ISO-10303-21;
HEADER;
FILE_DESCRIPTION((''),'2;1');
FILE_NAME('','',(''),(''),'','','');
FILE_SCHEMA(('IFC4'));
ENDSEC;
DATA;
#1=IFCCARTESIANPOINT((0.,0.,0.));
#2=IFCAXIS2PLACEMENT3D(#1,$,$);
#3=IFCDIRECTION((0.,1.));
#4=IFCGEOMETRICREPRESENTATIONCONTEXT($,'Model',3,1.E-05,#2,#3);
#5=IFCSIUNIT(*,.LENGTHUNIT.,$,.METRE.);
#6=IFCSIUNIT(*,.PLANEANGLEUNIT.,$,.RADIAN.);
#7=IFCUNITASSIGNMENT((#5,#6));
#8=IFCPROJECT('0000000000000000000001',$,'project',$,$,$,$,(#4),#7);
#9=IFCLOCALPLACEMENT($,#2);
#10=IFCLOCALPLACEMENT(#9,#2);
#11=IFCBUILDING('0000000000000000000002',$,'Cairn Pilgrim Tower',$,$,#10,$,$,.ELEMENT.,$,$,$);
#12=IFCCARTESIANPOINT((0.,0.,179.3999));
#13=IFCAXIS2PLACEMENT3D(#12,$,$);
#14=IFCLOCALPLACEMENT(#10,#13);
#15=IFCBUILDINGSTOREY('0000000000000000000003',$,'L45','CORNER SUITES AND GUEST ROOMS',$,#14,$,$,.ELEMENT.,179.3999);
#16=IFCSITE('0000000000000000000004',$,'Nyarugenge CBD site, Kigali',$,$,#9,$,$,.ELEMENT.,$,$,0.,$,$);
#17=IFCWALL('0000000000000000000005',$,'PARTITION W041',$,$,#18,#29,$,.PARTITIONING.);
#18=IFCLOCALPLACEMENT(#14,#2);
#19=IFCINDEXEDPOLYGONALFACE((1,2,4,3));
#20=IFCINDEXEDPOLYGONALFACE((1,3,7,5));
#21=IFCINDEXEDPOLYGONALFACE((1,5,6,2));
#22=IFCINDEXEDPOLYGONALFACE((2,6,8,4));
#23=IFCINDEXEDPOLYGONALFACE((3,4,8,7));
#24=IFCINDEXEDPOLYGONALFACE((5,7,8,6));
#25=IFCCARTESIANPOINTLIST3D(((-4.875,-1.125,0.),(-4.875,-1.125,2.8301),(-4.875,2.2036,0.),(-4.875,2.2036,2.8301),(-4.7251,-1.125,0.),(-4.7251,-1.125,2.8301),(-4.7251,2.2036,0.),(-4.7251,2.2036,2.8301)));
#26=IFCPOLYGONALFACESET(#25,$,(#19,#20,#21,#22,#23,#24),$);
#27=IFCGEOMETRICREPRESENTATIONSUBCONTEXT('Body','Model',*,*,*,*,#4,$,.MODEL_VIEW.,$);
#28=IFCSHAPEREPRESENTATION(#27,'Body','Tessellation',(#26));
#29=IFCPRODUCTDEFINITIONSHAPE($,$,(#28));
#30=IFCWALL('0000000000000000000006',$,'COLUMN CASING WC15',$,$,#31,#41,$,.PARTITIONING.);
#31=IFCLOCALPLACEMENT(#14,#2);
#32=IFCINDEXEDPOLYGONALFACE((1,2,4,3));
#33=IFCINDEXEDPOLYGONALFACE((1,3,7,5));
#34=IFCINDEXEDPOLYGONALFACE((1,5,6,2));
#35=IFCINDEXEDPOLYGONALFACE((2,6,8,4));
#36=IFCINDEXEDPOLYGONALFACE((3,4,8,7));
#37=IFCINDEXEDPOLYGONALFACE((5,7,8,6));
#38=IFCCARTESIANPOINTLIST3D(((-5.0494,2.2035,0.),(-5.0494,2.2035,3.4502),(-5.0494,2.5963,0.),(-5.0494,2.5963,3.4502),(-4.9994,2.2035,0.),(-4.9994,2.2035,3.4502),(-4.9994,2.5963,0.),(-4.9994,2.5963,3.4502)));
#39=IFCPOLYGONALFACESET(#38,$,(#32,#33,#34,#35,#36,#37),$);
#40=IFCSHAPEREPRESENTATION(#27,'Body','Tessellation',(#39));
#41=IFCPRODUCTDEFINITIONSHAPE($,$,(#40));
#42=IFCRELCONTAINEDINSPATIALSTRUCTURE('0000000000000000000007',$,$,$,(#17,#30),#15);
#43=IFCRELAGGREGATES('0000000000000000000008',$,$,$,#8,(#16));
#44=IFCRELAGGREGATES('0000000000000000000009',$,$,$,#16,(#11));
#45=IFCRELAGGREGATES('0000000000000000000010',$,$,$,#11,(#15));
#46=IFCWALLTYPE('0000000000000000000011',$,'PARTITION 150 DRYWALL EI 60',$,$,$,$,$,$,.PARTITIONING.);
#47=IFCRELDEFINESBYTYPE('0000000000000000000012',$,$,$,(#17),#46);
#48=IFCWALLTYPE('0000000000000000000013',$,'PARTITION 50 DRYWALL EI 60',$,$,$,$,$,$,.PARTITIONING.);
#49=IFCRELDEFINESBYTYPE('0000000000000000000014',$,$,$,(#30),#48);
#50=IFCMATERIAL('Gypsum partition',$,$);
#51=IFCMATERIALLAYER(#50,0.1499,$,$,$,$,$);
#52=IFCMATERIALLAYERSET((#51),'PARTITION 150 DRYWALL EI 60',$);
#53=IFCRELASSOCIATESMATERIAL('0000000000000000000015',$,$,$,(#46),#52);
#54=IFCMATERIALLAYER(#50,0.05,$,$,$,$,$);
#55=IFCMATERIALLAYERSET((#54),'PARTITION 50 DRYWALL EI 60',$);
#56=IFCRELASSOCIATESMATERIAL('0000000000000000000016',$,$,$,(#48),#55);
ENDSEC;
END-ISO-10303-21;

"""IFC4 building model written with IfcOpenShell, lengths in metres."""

from ifc_helpers import new_model, si_unit, direction, frame, frame_2d, origin, place, context, subcontext, project, spatial, rectangle, extrude, material, layer, layer_set, type_object, element, save


model = new_model("IFC4")

# Units and contexts
model_context = context("Model", 3, precision=1e-05, world=origin(), true_north=direction((0.0, 1.0)))
body_context = subcontext(model_context, "Body", "Model", "MODEL_VIEW")
ifc_project = project(units=[si_unit("LENGTHUNIT", "METRE"), si_unit("PLANEANGLEUNIT", "RADIAN")], contexts=[model_context])

# Site, building, storey
site_placement = place(None, origin())
site = spatial("IfcSite", under=ifc_project, at=site_placement, Name="Nyarugenge CBD site, Kigali", CompositionType="ELEMENT", RefElevation=0.0)
building_placement = place(site_placement, origin())
building = spatial("IfcBuilding", under=site, at=building_placement, Name="Cairn Pilgrim Tower", CompositionType="ELEMENT")
storey_placement = place(building_placement, frame((0.0, 0.0, 179.3999)))
storey = spatial("IfcBuildingStorey", under=building, at=storey_placement, Name="L45", Description="CORNER SUITES AND GUEST ROOMS", CompositionType="ELEMENT", Elevation=179.3999)

# Walls
ifc_material_1 = material(Name="Gypsum partition")
ifc_layer_1 = layer(ifc_material_1, 0.1499)
ifc_layer_set_1 = layer_set([ifc_layer_1], Name="PARTITION 150 DRYWALL EI 60")
wall_type_1 = type_object("IfcWallType", Name="PARTITION 150 DRYWALL EI 60", PredefinedType="PARTITIONING", material=ifc_layer_set_1)
wall_1_placement = place(storey_placement, frame((-4.8, -1.125, 0.0), z_axis=(0.0, 0.0, 1.0), x_axis=(0.0, 1.0, 0.0)))
element("IfcWall", 1, at=wall_1_placement, inside=storey, type_object=wall_type_1, Name="PARTITION W041", PredefinedType="PARTITIONING", context=body_context, shape_type="SweptSolid", body=[
    extrude(rectangle(XDim=3.3286, YDim=0.1499, at=frame_2d((1.6643, 0.0))), origin(), (0.0, 0.0, 1.0), 2.8301),
])
ifc_layer_2 = layer(ifc_material_1, 0.05)
ifc_layer_set_2 = layer_set([ifc_layer_2], Name="PARTITION 50 DRYWALL EI 60")
wall_type_2 = type_object("IfcWallType", Name="PARTITION 50 DRYWALL EI 60", PredefinedType="PARTITIONING", material=ifc_layer_set_2)
wall_2_placement = place(storey_placement, frame((-5.0244, 2.2036, 0.0), z_axis=(0.0, 0.0, 1.0), x_axis=(0.0, 1.0, 0.0)))
element("IfcWall", 2, at=wall_2_placement, inside=storey, type_object=wall_type_2, Name="COLUMN CASING WC15", PredefinedType="PARTITIONING", context=body_context, shape_type="SweptSolid", body=[
    extrude(rectangle(XDim=0.3928, YDim=0.05, at=frame_2d((0.1963, 0.0))), origin(), (0.0, 0.0, 1.0), 3.4502),
])

save(model, "model.ifc")
